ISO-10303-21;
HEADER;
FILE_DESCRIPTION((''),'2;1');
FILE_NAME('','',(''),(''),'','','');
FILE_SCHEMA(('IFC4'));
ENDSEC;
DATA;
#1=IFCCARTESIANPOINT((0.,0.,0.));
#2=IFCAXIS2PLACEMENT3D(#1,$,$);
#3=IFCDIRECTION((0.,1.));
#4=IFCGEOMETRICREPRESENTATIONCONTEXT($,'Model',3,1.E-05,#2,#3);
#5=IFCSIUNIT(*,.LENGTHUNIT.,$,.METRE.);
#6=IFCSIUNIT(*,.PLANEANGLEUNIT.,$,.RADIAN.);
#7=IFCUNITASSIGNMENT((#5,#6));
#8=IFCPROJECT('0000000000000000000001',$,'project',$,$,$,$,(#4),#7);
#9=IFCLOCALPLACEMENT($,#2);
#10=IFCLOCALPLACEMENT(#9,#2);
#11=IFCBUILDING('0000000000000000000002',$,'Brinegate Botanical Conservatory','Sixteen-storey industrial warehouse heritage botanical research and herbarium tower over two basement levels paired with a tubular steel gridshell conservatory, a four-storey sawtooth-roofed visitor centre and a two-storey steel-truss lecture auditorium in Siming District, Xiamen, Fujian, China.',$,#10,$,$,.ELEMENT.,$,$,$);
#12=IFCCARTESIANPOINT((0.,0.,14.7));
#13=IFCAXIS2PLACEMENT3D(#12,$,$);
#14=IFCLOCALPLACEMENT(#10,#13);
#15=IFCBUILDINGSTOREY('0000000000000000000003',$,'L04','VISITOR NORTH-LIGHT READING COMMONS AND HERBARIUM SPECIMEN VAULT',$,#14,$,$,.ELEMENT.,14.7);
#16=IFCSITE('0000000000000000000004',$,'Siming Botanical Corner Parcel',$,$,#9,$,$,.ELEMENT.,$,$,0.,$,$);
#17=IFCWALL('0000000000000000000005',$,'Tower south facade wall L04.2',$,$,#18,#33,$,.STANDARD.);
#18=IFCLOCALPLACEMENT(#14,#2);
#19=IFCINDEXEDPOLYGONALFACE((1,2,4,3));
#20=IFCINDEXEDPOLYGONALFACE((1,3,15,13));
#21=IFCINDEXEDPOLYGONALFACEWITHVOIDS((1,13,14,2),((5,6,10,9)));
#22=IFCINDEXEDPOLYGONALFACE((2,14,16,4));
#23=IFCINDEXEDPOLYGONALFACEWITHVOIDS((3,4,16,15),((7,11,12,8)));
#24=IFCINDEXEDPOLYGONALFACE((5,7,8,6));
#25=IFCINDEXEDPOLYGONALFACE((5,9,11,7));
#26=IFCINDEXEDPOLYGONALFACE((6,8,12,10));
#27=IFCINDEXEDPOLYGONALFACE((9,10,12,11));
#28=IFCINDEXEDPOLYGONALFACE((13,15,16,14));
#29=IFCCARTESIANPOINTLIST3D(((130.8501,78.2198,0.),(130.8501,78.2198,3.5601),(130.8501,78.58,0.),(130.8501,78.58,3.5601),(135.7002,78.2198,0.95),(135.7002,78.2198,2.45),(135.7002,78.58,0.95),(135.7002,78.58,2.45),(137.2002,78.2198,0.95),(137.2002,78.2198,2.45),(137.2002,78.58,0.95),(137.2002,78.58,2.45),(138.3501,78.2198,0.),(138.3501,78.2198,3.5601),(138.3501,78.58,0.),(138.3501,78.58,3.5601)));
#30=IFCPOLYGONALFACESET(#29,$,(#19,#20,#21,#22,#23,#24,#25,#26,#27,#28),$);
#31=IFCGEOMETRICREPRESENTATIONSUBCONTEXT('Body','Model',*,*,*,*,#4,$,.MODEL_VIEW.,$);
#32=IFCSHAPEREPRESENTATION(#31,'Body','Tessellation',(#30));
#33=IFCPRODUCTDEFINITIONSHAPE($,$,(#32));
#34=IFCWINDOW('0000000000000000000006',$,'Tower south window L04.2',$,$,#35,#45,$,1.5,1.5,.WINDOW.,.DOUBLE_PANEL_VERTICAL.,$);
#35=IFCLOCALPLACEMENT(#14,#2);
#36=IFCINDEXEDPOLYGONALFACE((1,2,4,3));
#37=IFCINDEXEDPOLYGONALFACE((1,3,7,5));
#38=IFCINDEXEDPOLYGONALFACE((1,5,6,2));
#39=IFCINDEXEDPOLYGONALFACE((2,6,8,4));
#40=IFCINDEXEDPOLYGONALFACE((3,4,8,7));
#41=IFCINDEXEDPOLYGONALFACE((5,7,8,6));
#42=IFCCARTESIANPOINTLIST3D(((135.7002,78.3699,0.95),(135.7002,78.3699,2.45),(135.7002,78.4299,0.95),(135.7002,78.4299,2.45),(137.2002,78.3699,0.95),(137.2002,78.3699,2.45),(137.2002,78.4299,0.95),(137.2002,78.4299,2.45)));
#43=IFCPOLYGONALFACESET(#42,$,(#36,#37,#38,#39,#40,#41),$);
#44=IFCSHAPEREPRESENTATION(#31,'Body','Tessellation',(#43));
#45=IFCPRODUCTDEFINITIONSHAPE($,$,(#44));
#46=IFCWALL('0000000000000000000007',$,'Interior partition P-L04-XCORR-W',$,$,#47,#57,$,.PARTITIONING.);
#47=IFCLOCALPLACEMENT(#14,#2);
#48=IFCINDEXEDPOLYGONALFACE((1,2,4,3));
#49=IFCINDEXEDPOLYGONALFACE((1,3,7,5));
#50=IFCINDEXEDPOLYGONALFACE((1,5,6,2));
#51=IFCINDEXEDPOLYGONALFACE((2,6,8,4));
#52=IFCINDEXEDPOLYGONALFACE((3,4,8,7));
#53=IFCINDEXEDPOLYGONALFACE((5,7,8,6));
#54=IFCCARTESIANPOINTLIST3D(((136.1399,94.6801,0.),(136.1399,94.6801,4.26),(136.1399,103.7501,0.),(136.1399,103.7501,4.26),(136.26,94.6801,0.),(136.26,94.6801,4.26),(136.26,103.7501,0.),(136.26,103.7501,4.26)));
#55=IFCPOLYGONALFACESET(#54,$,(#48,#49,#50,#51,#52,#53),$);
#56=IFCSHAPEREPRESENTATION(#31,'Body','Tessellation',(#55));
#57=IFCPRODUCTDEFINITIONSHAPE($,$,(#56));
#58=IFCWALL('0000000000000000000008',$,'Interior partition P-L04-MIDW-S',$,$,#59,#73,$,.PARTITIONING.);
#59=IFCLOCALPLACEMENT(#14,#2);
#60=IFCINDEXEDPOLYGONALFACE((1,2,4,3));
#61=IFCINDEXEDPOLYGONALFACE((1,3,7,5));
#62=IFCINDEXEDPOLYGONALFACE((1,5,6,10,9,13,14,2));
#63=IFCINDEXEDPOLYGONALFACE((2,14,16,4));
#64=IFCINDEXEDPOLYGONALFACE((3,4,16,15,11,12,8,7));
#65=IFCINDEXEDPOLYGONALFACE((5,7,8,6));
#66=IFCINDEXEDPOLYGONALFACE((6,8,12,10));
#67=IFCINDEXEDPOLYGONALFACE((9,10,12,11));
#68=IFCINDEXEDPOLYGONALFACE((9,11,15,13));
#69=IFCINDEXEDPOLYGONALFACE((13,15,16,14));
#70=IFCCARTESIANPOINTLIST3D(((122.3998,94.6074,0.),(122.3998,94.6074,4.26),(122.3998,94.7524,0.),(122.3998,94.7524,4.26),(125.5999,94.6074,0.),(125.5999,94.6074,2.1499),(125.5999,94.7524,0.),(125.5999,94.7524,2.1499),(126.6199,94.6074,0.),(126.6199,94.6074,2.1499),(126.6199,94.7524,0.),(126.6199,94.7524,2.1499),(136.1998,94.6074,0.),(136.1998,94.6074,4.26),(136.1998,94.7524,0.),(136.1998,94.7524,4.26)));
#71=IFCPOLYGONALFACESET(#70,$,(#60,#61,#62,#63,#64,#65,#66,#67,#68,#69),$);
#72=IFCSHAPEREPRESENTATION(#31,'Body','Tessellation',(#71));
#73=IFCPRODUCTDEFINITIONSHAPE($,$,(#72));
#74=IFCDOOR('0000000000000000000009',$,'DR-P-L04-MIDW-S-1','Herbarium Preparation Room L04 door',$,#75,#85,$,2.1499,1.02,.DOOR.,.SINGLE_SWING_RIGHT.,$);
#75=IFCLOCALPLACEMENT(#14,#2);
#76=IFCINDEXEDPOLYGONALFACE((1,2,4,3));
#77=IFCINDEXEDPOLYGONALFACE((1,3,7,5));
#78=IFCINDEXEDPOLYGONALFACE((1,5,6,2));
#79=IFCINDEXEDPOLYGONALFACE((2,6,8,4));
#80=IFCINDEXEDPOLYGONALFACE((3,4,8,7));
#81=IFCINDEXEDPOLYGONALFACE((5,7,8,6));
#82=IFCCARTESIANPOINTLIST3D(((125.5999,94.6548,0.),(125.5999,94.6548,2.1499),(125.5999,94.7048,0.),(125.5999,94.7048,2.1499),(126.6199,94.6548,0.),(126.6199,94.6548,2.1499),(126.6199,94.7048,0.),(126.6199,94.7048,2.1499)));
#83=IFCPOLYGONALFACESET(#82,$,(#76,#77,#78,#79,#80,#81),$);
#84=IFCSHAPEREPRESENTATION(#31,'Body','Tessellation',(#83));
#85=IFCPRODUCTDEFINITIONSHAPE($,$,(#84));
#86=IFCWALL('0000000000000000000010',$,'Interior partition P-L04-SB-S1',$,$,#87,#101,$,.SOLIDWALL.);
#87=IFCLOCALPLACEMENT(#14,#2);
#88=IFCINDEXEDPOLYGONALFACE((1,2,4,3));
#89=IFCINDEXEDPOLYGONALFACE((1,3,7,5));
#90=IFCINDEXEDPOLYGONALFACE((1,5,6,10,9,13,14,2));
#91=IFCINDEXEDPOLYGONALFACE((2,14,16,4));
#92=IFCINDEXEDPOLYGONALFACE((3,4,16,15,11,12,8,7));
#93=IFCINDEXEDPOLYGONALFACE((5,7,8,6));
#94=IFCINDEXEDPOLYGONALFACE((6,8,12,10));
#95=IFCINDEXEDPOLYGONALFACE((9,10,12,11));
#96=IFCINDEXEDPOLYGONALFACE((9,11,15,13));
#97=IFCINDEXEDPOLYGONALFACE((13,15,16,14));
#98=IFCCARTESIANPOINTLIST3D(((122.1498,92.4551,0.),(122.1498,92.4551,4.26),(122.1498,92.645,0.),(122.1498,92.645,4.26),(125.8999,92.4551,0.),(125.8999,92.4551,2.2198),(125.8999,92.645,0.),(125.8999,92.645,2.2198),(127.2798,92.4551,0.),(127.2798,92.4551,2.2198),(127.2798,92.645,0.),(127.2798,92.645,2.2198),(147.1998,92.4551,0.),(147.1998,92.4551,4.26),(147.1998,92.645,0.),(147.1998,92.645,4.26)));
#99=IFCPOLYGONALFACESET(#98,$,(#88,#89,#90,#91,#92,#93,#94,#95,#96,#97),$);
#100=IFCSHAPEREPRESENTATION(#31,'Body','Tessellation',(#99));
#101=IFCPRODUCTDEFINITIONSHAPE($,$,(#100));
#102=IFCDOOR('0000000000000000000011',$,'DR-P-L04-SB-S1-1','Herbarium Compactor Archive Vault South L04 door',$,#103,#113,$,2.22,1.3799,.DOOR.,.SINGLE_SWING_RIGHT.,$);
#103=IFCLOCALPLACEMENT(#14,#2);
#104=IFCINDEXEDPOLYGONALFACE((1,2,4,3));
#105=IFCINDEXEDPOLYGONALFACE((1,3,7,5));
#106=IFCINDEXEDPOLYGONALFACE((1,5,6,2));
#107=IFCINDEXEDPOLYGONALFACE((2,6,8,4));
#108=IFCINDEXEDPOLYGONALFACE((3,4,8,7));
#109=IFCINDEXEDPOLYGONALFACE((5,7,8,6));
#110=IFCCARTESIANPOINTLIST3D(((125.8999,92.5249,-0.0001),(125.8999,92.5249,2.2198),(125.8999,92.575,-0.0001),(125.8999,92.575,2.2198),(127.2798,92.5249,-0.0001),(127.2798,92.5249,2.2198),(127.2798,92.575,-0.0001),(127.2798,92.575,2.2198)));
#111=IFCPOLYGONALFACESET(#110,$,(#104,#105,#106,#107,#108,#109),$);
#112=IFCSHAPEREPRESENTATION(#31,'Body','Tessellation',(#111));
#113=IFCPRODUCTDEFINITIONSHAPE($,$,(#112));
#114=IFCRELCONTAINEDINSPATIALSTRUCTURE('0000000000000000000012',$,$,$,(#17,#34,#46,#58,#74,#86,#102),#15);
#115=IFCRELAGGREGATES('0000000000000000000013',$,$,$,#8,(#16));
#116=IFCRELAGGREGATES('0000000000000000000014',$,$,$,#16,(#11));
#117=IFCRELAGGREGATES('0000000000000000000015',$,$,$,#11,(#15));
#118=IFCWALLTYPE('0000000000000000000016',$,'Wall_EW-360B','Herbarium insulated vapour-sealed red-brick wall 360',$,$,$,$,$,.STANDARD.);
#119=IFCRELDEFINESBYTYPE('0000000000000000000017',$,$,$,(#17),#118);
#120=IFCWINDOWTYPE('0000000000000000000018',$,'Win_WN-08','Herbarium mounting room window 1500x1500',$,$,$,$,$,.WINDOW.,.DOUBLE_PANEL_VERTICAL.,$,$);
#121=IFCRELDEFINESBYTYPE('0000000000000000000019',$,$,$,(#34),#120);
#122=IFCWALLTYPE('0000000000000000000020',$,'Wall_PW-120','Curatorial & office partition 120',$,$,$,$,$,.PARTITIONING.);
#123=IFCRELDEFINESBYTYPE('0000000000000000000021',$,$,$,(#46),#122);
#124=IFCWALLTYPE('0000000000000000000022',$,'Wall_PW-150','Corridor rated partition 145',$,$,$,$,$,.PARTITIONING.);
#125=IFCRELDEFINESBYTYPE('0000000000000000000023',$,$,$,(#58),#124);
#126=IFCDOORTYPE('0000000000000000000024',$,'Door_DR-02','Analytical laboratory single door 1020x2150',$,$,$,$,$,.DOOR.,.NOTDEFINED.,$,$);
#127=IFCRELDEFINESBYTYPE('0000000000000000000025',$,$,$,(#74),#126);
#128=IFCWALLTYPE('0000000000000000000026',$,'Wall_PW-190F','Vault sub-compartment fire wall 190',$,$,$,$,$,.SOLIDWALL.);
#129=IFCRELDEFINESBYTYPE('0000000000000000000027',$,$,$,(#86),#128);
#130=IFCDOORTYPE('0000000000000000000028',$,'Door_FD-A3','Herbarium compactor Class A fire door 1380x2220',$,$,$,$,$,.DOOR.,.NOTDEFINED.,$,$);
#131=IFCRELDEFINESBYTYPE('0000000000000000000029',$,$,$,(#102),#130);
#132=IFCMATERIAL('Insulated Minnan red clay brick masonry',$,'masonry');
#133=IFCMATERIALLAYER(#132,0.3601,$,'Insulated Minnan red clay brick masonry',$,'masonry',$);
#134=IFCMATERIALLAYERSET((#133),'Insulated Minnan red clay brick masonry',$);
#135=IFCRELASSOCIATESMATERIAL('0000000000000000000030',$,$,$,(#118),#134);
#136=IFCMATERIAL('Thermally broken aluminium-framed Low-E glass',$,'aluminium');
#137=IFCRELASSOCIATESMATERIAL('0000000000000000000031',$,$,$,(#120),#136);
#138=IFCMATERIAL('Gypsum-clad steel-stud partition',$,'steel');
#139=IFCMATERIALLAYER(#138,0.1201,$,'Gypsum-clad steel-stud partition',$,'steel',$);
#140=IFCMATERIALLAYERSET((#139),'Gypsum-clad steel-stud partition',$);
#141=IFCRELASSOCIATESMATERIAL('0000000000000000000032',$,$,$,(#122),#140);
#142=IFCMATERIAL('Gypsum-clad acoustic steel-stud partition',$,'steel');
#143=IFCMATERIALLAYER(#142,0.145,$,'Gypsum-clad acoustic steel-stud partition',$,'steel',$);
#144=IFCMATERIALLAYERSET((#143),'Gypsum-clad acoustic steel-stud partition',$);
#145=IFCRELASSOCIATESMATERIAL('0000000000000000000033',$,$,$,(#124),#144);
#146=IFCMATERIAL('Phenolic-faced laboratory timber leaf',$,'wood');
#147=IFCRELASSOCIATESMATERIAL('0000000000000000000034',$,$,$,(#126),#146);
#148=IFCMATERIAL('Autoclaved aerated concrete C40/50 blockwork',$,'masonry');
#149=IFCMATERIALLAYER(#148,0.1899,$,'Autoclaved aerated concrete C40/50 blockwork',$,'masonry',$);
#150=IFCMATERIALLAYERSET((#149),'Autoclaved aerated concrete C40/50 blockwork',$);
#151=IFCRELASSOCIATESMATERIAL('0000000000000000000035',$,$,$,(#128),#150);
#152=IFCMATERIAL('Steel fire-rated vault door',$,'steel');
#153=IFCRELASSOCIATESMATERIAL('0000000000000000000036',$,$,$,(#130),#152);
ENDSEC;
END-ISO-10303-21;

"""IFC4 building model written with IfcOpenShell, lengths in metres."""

from ifc_helpers import new_model, si_unit, direction, frame, frame_2d, origin, place, context, subcontext, project, spatial, rectangle, extrude, material, layer, layer_set, type_object, element, fill, save


model = new_model("IFC4")

# Units and contexts
model_context = context("Model", 3, precision=1e-05, world=origin(), true_north=direction((0.0, 1.0)))
body_context = subcontext(model_context, "Body", "Model", "MODEL_VIEW")
ifc_project = project(units=[si_unit("LENGTHUNIT", "METRE"), si_unit("PLANEANGLEUNIT", "RADIAN")], contexts=[model_context])

# Site, building, storey
site_placement = place(None, origin())
site = spatial("IfcSite", under=ifc_project, at=site_placement, Name="Siming Botanical Corner Parcel", CompositionType="ELEMENT", RefElevation=0.0)
building_placement = place(site_placement, origin())
building = spatial("IfcBuilding", under=site, at=building_placement, Name="Brinegate Botanical Conservatory", Description="Sixteen-storey industrial warehouse heritage botanical research and herbarium tower over two basement levels paired with a tubular steel gridshell conservatory, a four-storey sawtooth-roofed visitor centre and a two-storey steel-truss lecture auditorium in Siming District, Xiamen, Fujian, China.", CompositionType="ELEMENT")
storey_placement = place(building_placement, frame((0.0, 0.0, 14.7)))
storey = spatial("IfcBuildingStorey", under=building, at=storey_placement, Name="L04", Description="VISITOR NORTH-LIGHT READING COMMONS AND HERBARIUM SPECIMEN VAULT", CompositionType="ELEMENT", Elevation=14.7)

# Shared definitions
ifc_material_1 = material(Name="Insulated Minnan red clay brick masonry", Category="masonry")

# Wall, opening, window
ifc_layer_1 = layer(ifc_material_1, 0.3601, Name="Insulated Minnan red clay brick masonry", Category="masonry")
ifc_layer_set_1 = layer_set([ifc_layer_1], Name="Insulated Minnan red clay brick masonry")
wall_type_1 = type_object("IfcWallType", Name="Wall_EW-360B", Description="Herbarium insulated vapour-sealed red-brick wall 360", PredefinedType="STANDARD", material=ifc_layer_set_1)
ifc_material_2 = material(Name="Thermally broken aluminium-framed Low-E glass", Category="aluminium")
window_type = type_object("IfcWindowType", Name="Win_WN-08", Description="Herbarium mounting room window 1500x1500", PartitioningType="DOUBLE_PANEL_VERTICAL", PredefinedType="WINDOW", material=ifc_material_2)
wall_1_placement = place(storey_placement, frame((138.3501, 78.3999, 0.0), z_axis=(0.0, 0.0, 1.0), x_axis=(-1.0, 0.0, 0.0)))
wall_1 = element("IfcWall", 1, at=wall_1_placement, inside=storey, type_object=wall_type_1, Name="Tower south facade wall L04.2", PredefinedType="STANDARD", context=body_context, shape_type="SweptSolid", body=[
    extrude(rectangle(XDim=7.5, YDim=0.3601, at=frame_2d((3.75, 0.0))), origin(), (0.0, 0.0, 1.0), 3.5601),
])
opening_1_placement = place(wall_1_placement, frame((1.1499, 0.0, 0.95)))
opening_1 = element("IfcOpeningElement", 2, at=opening_1_placement, cuts=wall_1, PredefinedType="OPENING", context=body_context, shape_type="SweptSolid", body=[
    extrude(rectangle(XDim=1.5, YDim=1.5, at=frame_2d((0.75, 0.75))), frame((0.0, 0.1899, 0.0), z_axis=(0.0, -1.0, 0.0), x_axis=(1.0, 0.0, 0.0)), (0.0, 0.0, 1.0), 0.3801),
])
window_1_placement = place(opening_1_placement, origin())
window_1 = element("IfcWindow", 3, at=window_1_placement, inside=storey, type_object=window_type, Name="Tower south window L04.2", OverallHeight=1.5, OverallWidth=1.5, PartitioningType="DOUBLE_PANEL_VERTICAL", PredefinedType="WINDOW", context=body_context, shape_type="SweptSolid", body=[
    extrude(rectangle(XDim=1.5, YDim=1.5, at=frame_2d((0.75, 0.75))), frame((0.0, 0.03, 0.0), z_axis=(0.0, -1.0, 0.0), x_axis=(1.0, 0.0, 0.0)), (0.0, 0.0, 1.0), 0.0601),
])
fill(opening_1, window_1)

# Wall
ifc_material_3 = material(Name="Gypsum-clad steel-stud partition", Category="steel")
ifc_layer_2 = layer(ifc_material_3, 0.1201, Name="Gypsum-clad steel-stud partition", Category="steel")
ifc_layer_set_2 = layer_set([ifc_layer_2], Name="Gypsum-clad steel-stud partition")
wall_type_2 = type_object("IfcWallType", Name="Wall_PW-120", Description="Curatorial & office partition 120", PredefinedType="PARTITIONING", material=ifc_layer_set_2)
wall_2_placement = place(storey_placement, frame((136.2, 94.6799, 0.0), z_axis=(0.0, 0.0, 1.0), x_axis=(0.0, 1.0, 0.0)))
element("IfcWall", 4, at=wall_2_placement, inside=storey, type_object=wall_type_2, Name="Interior partition P-L04-XCORR-W", PredefinedType="PARTITIONING", context=body_context, shape_type="SweptSolid", body=[
    extrude(rectangle(XDim=9.0701, YDim=0.1201, at=frame_2d((4.5352, 0.0))), origin(), (0.0, 0.0, 1.0), 4.26),
])

# Walls, openings, doors
ifc_material_4 = material(Name="Gypsum-clad acoustic steel-stud partition", Category="steel")
ifc_layer_3 = layer(ifc_material_4, 0.145, Name="Gypsum-clad acoustic steel-stud partition", Category="steel")
ifc_layer_set_3 = layer_set([ifc_layer_3], Name="Gypsum-clad acoustic steel-stud partition")
wall_type_3 = type_object("IfcWallType", Name="Wall_PW-150", Description="Corridor rated partition 145", PredefinedType="PARTITIONING", material=ifc_layer_set_3)
wall_3_placement = place(storey_placement, frame((122.3999, 94.6799, 0.0), z_axis=(0.0, 0.0, 1.0), x_axis=(1.0, 0.0, 0.0)))
wall_3 = element("IfcWall", 5, at=wall_3_placement, inside=storey, type_object=wall_type_3, Name="Interior partition P-L04-MIDW-S", PredefinedType="PARTITIONING", context=body_context, shape_type="SweptSolid", body=[
    extrude(rectangle(XDim=13.8, YDim=0.145, at=frame_2d((6.8999, 0.0))), origin(), (0.0, 0.0, 1.0), 4.26),
])
opening_2_placement = place(wall_3_placement, frame((3.2, 0.0, 0.0)))
opening_2 = element("IfcOpeningElement", 6, at=opening_2_placement, cuts=wall_3, PredefinedType="OPENING", context=body_context, shape_type="SweptSolid", body=[
    extrude(rectangle(XDim=1.02, YDim=2.1499, at=frame_2d((0.51, 1.075))), frame((0.0, 0.0825, 0.0), z_axis=(0.0, -1.0, 0.0), x_axis=(1.0, 0.0, 0.0)), (0.0, 0.0, 1.0), 0.165),
])
ifc_material_5 = material(Name="Phenolic-faced laboratory timber leaf", Category="wood")
door_type_1 = type_object("IfcDoorType", Name="Door_DR-02", Description="Analytical laboratory single door 1020x2150", OperationType="NOTDEFINED", PredefinedType="DOOR", material=ifc_material_5)
door_1_placement = place(opening_2_placement, origin())
door_1 = element("IfcDoor", 7, at=door_1_placement, inside=storey, type_object=door_type_1, Name="DR-P-L04-MIDW-S-1", Description="Herbarium Preparation Room L04 door", OperationType="SINGLE_SWING_RIGHT", OverallHeight=2.1499, OverallWidth=1.02, PredefinedType="DOOR", context=body_context, shape_type="SweptSolid", body=[
    extrude(rectangle(XDim=1.02, YDim=2.1499, at=frame_2d((0.51, 1.075))), frame((0.0, 0.0249, 0.0), z_axis=(0.0, -1.0, 0.0), x_axis=(1.0, 0.0, 0.0)), (0.0, 0.0, 1.0), 0.05),
])
fill(opening_2, door_1)
ifc_material_6 = material(Name="Autoclaved aerated concrete C40/50 blockwork", Category="masonry")
ifc_layer_4 = layer(ifc_material_6, 0.1899, Name="Autoclaved aerated concrete C40/50 blockwork", Category="masonry")
ifc_layer_set_4 = layer_set([ifc_layer_4], Name="Autoclaved aerated concrete C40/50 blockwork")
wall_type_4 = type_object("IfcWallType", Name="Wall_PW-190F", Description="Vault sub-compartment fire wall 190", PredefinedType="SOLIDWALL", material=ifc_layer_set_4)
wall_4_placement = place(storey_placement, frame((122.1499, 92.55, 0.0), z_axis=(0.0, 0.0, 1.0), x_axis=(1.0, 0.0, 0.0)))
wall_4 = element("IfcWall", 8, at=wall_4_placement, inside=storey, type_object=wall_type_4, Name="Interior partition P-L04-SB-S1", PredefinedType="SOLIDWALL", context=body_context, shape_type="SweptSolid", body=[
    extrude(rectangle(XDim=25.05, YDim=0.1899, at=frame_2d((12.5249, 0.0))), origin(), (0.0, 0.0, 1.0), 4.26),
])
opening_3_placement = place(wall_4_placement, frame((3.75, 0.0, 0.0)))
opening_3 = element("IfcOpeningElement", 9, at=opening_3_placement, cuts=wall_4, PredefinedType="OPENING", context=body_context, shape_type="SweptSolid", body=[
    extrude(rectangle(XDim=1.3799, YDim=2.22, at=frame_2d((0.6899, 1.1099))), frame((0.0, 0.105, 0.0), z_axis=(0.0, -1.0, 0.0), x_axis=(1.0, 0.0, 0.0)), (0.0, 0.0, 1.0), 0.21),
])
ifc_material_7 = material(Name="Steel fire-rated vault door", Category="steel")
door_type_2 = type_object("IfcDoorType", Name="Door_FD-A3", Description="Herbarium compactor Class A fire door 1380x2220", OperationType="NOTDEFINED", PredefinedType="DOOR", material=ifc_material_7)
door_2_placement = place(opening_3_placement, origin())
door_2 = element("IfcDoor", 10, at=door_2_placement, inside=storey, type_object=door_type_2, Name="DR-P-L04-SB-S1-1", Description="Herbarium Compactor Archive Vault South L04 door", OperationType="SINGLE_SWING_RIGHT", OverallHeight=2.22, OverallWidth=1.3799, PredefinedType="DOOR", context=body_context, shape_type="SweptSolid", body=[
    extrude(rectangle(XDim=1.3799, YDim=2.22, at=frame_2d((0.6899, 1.1099))), frame((0.0, 0.0249, 0.0), z_axis=(0.0, -1.0, 0.0), x_axis=(1.0, 0.0, 0.0)), (0.0, 0.0, 1.0), 0.05),
])
fill(opening_3, door_2)

save(model, "model.ifc")
